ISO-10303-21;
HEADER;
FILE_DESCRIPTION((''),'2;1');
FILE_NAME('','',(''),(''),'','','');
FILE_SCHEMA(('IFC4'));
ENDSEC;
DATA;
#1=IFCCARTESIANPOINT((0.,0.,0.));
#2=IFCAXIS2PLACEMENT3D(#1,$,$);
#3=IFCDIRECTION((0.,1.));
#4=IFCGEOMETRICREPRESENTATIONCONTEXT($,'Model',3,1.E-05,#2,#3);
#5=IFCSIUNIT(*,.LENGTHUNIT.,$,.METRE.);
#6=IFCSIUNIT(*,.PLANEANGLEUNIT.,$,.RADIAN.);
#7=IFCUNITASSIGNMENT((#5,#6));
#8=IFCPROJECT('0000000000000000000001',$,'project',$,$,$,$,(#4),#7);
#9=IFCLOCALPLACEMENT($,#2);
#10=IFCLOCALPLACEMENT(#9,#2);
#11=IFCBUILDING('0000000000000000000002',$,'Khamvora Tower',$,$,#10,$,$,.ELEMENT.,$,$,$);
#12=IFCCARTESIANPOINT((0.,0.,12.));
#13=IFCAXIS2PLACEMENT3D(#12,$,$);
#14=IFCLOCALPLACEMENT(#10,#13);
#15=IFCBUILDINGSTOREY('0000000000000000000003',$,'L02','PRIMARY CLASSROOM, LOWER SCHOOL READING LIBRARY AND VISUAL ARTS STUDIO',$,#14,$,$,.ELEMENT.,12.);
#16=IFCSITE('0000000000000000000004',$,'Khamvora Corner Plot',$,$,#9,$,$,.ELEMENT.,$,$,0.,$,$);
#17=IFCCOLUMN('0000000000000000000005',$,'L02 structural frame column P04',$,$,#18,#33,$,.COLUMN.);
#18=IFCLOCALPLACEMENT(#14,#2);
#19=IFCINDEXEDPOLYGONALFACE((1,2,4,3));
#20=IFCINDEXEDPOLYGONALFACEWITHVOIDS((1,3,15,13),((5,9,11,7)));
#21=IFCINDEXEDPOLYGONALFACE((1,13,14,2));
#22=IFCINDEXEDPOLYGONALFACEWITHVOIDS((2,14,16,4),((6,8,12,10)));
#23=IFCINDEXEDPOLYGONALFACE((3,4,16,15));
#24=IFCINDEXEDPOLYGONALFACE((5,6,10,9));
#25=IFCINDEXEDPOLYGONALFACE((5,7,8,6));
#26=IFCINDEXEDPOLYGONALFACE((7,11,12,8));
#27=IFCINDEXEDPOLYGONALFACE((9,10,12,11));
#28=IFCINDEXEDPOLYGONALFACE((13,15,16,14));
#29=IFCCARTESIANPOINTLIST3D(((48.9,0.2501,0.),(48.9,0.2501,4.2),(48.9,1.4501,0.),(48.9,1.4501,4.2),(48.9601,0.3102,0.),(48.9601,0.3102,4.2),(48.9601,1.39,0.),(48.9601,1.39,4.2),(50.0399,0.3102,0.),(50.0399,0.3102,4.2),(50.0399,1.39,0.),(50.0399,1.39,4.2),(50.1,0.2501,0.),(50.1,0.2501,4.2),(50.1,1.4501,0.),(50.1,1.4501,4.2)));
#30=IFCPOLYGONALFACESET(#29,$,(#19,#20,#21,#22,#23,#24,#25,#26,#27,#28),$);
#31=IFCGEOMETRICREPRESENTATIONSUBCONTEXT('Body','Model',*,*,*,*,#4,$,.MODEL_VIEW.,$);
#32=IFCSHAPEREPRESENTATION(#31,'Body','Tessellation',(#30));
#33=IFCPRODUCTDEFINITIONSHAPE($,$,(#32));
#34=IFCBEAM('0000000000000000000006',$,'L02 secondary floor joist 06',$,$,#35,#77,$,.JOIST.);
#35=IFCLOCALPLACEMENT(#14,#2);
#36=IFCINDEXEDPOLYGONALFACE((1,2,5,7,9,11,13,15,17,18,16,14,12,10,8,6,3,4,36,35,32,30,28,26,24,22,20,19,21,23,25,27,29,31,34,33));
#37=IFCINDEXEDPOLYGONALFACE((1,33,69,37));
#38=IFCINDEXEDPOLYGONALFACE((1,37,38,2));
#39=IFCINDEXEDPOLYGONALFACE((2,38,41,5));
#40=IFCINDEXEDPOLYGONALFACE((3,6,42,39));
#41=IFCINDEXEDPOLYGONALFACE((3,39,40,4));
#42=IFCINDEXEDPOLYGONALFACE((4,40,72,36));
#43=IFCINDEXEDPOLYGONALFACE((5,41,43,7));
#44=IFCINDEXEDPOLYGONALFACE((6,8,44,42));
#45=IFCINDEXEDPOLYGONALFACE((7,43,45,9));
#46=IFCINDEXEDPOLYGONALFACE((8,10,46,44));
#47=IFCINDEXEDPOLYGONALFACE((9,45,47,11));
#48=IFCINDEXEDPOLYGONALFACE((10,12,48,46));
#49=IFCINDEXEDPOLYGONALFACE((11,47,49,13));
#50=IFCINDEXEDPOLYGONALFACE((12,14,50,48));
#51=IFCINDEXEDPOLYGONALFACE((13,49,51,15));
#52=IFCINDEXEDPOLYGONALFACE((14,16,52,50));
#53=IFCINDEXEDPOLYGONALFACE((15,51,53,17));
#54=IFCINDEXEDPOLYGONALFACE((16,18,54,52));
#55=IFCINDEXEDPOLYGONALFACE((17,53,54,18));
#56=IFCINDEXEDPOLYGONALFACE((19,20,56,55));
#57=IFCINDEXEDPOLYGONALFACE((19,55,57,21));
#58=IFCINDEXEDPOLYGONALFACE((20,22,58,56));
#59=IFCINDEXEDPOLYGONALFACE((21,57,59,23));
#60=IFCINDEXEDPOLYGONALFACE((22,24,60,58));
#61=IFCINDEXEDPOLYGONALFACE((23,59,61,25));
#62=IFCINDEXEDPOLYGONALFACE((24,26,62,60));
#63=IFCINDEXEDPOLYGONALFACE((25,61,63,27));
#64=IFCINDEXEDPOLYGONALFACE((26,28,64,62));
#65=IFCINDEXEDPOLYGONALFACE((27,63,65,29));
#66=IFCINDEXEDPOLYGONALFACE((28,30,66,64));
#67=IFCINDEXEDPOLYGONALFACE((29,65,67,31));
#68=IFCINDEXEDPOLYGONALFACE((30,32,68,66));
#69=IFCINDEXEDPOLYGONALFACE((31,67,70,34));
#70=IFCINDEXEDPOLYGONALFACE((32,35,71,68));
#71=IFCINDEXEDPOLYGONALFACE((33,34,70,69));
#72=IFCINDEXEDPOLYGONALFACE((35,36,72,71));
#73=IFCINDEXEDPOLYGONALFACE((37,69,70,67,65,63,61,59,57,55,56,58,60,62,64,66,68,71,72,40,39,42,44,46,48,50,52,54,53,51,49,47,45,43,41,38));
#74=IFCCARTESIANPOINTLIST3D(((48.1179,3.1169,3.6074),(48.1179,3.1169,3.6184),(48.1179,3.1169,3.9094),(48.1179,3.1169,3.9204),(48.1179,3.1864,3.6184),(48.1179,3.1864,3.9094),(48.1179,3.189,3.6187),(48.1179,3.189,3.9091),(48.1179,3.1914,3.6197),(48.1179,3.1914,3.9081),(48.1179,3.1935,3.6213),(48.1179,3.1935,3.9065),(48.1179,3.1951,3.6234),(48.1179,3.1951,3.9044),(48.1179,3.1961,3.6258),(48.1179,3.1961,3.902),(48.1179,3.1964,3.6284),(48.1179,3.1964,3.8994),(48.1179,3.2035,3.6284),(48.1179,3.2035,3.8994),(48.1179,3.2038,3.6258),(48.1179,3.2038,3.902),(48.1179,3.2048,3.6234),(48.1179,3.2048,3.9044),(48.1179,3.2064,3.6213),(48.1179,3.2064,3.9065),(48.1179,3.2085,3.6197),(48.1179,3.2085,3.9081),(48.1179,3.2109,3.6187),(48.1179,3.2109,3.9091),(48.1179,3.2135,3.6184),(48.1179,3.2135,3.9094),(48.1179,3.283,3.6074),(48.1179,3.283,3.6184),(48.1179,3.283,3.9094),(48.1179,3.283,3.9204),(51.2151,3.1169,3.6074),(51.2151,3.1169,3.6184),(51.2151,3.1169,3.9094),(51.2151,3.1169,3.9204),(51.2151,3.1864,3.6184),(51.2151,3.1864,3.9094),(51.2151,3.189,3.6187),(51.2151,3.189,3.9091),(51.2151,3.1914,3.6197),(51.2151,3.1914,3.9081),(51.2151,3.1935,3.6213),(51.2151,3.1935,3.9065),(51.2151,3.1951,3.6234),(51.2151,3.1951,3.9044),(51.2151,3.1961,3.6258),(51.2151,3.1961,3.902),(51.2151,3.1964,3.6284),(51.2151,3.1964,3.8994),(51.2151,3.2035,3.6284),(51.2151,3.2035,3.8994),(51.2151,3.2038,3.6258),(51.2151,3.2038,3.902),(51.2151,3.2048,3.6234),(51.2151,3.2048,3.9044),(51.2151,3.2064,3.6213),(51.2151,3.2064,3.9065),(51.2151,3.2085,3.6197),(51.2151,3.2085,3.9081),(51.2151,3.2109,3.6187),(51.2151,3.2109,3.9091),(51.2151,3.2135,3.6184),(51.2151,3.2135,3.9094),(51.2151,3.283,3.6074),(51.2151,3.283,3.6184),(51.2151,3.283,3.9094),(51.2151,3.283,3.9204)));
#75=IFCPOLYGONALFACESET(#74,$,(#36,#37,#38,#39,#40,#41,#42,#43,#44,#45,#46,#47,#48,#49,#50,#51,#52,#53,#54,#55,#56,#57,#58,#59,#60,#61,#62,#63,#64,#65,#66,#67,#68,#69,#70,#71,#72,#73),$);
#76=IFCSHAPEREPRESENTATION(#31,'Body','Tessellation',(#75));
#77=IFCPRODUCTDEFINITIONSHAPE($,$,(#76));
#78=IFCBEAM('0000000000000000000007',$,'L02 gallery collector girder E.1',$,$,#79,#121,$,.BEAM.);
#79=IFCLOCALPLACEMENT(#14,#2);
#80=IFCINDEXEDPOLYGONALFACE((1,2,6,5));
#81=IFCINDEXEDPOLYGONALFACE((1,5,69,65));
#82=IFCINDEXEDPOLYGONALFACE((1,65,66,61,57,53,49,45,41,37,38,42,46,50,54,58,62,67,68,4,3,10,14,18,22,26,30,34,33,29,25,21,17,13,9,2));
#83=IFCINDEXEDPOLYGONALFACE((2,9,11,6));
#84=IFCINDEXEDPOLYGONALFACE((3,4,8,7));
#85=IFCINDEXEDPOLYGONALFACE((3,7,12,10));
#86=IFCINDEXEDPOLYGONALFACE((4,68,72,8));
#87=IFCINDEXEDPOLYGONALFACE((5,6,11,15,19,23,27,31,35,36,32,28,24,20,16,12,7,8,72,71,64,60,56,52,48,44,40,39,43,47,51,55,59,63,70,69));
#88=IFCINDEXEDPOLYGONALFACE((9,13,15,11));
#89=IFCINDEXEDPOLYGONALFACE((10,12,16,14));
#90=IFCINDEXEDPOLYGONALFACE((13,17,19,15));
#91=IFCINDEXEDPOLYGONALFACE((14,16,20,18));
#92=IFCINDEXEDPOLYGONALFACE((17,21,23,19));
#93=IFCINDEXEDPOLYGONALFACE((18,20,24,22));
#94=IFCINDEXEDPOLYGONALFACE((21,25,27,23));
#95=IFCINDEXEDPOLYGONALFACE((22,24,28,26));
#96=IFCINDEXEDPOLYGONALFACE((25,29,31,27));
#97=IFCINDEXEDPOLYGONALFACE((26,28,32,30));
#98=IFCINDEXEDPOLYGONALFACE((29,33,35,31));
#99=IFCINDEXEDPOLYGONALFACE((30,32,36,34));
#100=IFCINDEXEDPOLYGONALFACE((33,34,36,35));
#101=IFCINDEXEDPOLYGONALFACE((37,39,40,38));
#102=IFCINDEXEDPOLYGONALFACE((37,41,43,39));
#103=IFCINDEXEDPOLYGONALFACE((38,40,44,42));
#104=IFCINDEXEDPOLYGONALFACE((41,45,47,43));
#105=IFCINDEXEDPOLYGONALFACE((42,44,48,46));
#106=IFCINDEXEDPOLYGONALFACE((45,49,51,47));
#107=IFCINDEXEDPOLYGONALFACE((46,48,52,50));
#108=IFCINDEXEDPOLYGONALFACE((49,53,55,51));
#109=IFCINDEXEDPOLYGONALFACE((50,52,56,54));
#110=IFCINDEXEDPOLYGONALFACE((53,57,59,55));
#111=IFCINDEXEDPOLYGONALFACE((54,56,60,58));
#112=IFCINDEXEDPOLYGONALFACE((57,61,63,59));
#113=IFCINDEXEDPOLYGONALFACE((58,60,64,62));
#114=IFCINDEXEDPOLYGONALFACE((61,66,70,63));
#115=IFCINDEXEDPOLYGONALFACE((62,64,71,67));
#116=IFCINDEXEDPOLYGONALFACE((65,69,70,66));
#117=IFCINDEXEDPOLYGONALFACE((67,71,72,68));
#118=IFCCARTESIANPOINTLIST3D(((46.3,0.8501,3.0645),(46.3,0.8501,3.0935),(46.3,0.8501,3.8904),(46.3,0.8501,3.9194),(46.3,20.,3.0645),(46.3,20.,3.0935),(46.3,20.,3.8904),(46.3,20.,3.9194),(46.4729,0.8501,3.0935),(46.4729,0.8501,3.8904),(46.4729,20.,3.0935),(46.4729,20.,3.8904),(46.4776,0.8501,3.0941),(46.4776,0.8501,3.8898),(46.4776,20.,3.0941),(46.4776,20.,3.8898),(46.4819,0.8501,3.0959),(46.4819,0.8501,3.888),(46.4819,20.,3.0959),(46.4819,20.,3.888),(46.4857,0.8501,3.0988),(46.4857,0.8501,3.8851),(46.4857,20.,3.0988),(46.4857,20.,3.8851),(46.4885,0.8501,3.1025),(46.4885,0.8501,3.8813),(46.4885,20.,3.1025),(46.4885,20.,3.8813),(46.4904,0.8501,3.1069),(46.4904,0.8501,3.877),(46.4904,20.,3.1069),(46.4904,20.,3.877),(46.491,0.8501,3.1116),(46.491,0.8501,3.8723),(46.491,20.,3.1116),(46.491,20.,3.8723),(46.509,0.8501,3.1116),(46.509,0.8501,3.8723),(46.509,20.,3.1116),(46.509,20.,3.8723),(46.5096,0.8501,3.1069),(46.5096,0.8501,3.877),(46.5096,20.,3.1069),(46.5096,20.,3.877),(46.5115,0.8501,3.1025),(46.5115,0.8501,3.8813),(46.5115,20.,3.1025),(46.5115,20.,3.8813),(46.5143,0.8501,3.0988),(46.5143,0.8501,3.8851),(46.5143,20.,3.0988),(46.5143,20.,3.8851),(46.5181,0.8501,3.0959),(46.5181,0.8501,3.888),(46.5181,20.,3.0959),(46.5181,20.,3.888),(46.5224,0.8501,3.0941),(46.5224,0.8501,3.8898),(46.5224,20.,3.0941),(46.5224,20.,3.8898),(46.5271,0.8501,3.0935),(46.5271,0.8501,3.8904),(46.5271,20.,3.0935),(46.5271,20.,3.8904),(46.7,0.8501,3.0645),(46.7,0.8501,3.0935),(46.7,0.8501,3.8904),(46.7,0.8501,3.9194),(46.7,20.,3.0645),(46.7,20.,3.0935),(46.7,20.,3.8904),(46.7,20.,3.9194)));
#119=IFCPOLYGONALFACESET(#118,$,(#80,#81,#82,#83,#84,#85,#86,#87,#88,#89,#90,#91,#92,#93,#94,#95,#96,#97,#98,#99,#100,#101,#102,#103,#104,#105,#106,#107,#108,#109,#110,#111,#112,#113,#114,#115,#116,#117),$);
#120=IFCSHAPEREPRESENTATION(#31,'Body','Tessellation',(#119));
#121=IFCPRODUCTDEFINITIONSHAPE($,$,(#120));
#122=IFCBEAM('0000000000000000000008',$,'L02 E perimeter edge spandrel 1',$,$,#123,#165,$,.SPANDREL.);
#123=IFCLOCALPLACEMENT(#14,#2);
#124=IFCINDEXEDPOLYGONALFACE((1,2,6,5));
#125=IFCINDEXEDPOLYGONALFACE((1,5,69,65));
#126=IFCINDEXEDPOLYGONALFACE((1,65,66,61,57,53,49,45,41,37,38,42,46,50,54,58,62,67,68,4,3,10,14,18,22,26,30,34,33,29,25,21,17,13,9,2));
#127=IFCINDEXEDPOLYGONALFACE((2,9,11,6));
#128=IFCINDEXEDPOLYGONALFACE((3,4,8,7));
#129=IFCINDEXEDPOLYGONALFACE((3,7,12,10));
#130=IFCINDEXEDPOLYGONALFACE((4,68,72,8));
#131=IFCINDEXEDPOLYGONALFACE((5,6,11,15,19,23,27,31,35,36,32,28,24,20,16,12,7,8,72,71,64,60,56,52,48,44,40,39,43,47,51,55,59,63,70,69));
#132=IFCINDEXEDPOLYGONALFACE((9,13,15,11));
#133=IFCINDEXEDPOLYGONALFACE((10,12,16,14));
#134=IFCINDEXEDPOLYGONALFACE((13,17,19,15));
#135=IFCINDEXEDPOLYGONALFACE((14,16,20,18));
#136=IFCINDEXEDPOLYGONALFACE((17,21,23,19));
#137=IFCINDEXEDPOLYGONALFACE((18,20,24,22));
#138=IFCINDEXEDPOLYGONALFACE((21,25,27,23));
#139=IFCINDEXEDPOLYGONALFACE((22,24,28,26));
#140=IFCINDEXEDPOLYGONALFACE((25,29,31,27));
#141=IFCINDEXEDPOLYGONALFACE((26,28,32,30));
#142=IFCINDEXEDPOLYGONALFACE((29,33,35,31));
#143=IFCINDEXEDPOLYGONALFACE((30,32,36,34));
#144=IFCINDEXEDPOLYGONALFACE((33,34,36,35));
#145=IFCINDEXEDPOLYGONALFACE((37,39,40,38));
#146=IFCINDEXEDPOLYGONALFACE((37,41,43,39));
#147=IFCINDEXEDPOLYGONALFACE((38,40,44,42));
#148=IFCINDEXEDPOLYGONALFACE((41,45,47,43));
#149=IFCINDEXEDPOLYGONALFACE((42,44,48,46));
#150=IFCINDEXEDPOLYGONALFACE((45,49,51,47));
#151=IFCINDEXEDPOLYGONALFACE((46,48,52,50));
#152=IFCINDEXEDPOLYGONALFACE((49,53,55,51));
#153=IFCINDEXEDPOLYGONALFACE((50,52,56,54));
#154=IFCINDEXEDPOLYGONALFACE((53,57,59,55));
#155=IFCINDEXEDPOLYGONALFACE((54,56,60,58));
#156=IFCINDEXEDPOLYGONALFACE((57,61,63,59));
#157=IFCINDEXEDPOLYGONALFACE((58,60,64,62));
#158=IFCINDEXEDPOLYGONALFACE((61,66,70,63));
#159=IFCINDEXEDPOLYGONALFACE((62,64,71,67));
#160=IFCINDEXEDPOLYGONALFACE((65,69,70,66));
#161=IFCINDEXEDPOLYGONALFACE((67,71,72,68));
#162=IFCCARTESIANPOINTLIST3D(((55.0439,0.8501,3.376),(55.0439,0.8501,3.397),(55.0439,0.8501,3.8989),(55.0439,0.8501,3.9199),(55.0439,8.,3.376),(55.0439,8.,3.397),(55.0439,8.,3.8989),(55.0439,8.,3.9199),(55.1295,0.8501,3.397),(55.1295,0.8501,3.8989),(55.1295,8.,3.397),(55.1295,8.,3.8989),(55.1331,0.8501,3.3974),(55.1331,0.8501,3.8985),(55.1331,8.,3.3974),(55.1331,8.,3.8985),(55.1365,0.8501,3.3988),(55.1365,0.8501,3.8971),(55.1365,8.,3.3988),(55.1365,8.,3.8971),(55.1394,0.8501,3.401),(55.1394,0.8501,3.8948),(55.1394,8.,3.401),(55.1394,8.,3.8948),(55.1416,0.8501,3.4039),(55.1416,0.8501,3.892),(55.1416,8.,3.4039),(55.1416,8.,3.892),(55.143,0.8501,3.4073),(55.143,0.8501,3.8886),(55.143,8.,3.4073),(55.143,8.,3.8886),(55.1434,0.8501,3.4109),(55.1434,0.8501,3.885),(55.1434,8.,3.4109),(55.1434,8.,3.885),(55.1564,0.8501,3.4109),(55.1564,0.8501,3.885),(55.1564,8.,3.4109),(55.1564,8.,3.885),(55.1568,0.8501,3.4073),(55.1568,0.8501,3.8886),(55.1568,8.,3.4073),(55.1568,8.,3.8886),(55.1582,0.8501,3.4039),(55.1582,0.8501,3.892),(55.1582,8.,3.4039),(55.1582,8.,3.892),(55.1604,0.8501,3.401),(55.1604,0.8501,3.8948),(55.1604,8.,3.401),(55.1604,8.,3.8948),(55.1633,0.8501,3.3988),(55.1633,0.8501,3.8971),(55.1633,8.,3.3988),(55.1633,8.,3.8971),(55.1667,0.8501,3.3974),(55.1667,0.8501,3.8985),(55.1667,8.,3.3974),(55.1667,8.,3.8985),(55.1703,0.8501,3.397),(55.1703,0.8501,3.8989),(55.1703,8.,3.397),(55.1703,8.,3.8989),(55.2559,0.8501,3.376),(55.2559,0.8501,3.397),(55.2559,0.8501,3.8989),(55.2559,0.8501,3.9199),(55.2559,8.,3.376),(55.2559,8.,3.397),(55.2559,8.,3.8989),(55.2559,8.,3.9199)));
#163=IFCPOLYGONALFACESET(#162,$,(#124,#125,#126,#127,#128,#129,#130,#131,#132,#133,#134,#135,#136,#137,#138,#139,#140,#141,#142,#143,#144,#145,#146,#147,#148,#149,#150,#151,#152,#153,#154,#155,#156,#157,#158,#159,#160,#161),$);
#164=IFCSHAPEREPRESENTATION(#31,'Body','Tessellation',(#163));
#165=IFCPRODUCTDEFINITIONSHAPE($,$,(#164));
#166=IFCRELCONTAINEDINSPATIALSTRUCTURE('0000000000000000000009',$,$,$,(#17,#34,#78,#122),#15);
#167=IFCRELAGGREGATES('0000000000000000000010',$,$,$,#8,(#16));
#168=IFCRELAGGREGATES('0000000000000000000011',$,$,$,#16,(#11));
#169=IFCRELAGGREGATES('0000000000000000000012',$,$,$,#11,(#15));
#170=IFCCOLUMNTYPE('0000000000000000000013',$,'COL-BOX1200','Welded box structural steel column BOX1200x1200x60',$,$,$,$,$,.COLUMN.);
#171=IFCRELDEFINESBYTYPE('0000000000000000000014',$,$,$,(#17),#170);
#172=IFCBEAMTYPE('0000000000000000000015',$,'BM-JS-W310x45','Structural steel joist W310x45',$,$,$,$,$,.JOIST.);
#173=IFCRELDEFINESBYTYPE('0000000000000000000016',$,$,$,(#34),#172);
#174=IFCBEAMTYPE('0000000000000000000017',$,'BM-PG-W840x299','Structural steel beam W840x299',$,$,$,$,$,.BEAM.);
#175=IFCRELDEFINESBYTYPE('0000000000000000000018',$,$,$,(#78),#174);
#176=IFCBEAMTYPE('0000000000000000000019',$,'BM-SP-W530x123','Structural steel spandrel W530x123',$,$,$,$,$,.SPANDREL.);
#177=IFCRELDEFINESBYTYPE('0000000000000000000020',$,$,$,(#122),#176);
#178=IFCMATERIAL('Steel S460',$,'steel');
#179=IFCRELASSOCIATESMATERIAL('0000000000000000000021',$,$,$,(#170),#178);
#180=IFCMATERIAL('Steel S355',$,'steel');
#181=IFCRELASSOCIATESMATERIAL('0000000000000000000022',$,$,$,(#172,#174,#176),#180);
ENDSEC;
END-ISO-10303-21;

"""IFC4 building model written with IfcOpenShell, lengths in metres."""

from ifc_helpers import new_model, si_unit, direction, frame, origin, origin_2d, place, context, subcontext, project, spatial, hollow_rectangle, i_section, extrude, material, material_profile, profile_set, type_object, element, save


model = new_model("IFC4")

# Units and contexts
model_context = context("Model", 3, precision=1e-05, world=origin(), true_north=direction((0.0, 1.0)))
body_context = subcontext(model_context, "Body", "Model", "MODEL_VIEW")
ifc_project = project(units=[si_unit("LENGTHUNIT", "METRE"), si_unit("PLANEANGLEUNIT", "RADIAN")], contexts=[model_context])

# Site, building, storey
site_placement = place(None, origin())
site = spatial("IfcSite", under=ifc_project, at=site_placement, Name="Khamvora Corner Plot", CompositionType="ELEMENT", RefElevation=0.0)
building_placement = place(site_placement, origin())
building = spatial("IfcBuilding", under=site, at=building_placement, Name="Khamvora Tower", CompositionType="ELEMENT")
storey_placement = place(building_placement, frame((0.0, 0.0, 12.0)))
storey = spatial("IfcBuildingStorey", under=building, at=storey_placement, Name="L02", Description="PRIMARY CLASSROOM, LOWER SCHOOL READING LIBRARY AND VISUAL ARTS STUDIO", CompositionType="ELEMENT", Elevation=12.0)

# Column
ifc_material_1 = material(Name="Steel S460", Category="steel")
ifc_material_profile_1 = material_profile(ifc_material_1, hollow_rectangle(XDim=1.2, YDim=1.2, WallThickness=0.0601, at=origin_2d()), Name="BOX1200x1200x60")
ifc_profile_set_1 = profile_set([ifc_material_profile_1], Name="Steel S460")
column_type = type_object("IfcColumnType", Name="COL-BOX1200", Description="Welded box structural steel column BOX1200x1200x60", PredefinedType="COLUMN", material=ifc_profile_set_1)
column_placement = place(storey_placement, frame((49.5, 0.8501, 0.0), z_axis=(0.0, 0.0, 1.0), x_axis=(1.0, 0.0, 0.0)))
element("IfcColumn", 1, at=column_placement, inside=storey, type_object=column_type, Name="L02 structural frame column P04", PredefinedType="COLUMN", context=body_context, shape_type="SweptSolid", body=[
    extrude(hollow_rectangle(XDim=1.2, YDim=1.2, WallThickness=0.0601, at=origin_2d()), origin(), (0.0, 0.0, 1.0), 4.2),
])

# Beams
ifc_material_2 = material(Name="Steel S355", Category="steel")
ifc_material_profile_2 = material_profile(ifc_material_2, i_section(OverallWidth=0.166, OverallDepth=0.313, WebThickness=0.0071, FlangeThickness=0.011, FilletRadius=0.01, at=origin_2d()), Name="W310x45")
ifc_profile_set_2 = profile_set([ifc_material_profile_2], Name="Steel S355")
beam_type_1 = type_object("IfcBeamType", Name="BM-JS-W310x45", Description="Structural steel joist W310x45", PredefinedType="JOIST", material=ifc_profile_set_2)
beam_1_placement = place(storey_placement, frame((48.1179, 3.2, 3.7639), z_axis=(1.0, 0.0, 0.0), x_axis=(0.0, 1.0, 0.0)))
element("IfcBeam", 2, at=beam_1_placement, inside=storey, type_object=beam_type_1, Name="L02 secondary floor joist 06", PredefinedType="JOIST", context=body_context, shape_type="SweptSolid", body=[
    extrude(i_section(OverallWidth=0.166, OverallDepth=0.313, WebThickness=0.0071, FlangeThickness=0.011, FilletRadius=0.01, at=origin_2d()), origin(), (0.0, 0.0, 1.0), 3.0972),
])
ifc_material_profile_3 = material_profile(ifc_material_2, i_section(OverallWidth=0.3999, OverallDepth=0.855, WebThickness=0.0181, FlangeThickness=0.0291, FilletRadius=0.0181, at=origin_2d()), Name="W840x299")
ifc_profile_set_3 = profile_set([ifc_material_profile_3], Name="Steel S355")
beam_type_2 = type_object("IfcBeamType", Name="BM-PG-W840x299", Description="Structural steel beam W840x299", PredefinedType="BEAM", material=ifc_profile_set_3)
beam_2_placement = place(storey_placement, frame((46.5, 0.8501, 3.4919), z_axis=(0.0, 1.0, 0.0), x_axis=(-1.0, 0.0, 0.0)))
element("IfcBeam", 3, at=beam_2_placement, inside=storey, type_object=beam_type_2, Name="L02 gallery collector girder E.1", PredefinedType="BEAM", context=body_context, shape_type="SweptSolid", body=[
    extrude(i_section(OverallWidth=0.3999, OverallDepth=0.855, WebThickness=0.0181, FlangeThickness=0.0291, FilletRadius=0.0181, at=origin_2d()), origin(), (0.0, 0.0, 1.0), 19.1499),
])
ifc_material_profile_4 = material_profile(ifc_material_2, i_section(OverallWidth=0.2119, OverallDepth=0.5439, WebThickness=0.0129, FlangeThickness=0.021, FilletRadius=0.0139, at=origin_2d()), Name="W530x123")
ifc_profile_set_4 = profile_set([ifc_material_profile_4], Name="Steel S355")
beam_type_3 = type_object("IfcBeamType", Name="BM-SP-W530x123", Description="Structural steel spandrel W530x123", PredefinedType="SPANDREL", material=ifc_profile_set_4)
beam_3_placement = place(storey_placement, frame((55.1499, 0.8501, 3.6479), z_axis=(0.0, 1.0, 0.0), x_axis=(-1.0, 0.0, 0.0)))
element("IfcBeam", 4, at=beam_3_placement, inside=storey, type_object=beam_type_3, Name="L02 E perimeter edge spandrel 1", PredefinedType="SPANDREL", context=body_context, shape_type="SweptSolid", body=[
    extrude(i_section(OverallWidth=0.2119, OverallDepth=0.5439, WebThickness=0.0129, FlangeThickness=0.021, FilletRadius=0.0139, at=origin_2d()), origin(), (0.0, 0.0, 1.0), 7.1499),
])

save(model, "model.ifc")
